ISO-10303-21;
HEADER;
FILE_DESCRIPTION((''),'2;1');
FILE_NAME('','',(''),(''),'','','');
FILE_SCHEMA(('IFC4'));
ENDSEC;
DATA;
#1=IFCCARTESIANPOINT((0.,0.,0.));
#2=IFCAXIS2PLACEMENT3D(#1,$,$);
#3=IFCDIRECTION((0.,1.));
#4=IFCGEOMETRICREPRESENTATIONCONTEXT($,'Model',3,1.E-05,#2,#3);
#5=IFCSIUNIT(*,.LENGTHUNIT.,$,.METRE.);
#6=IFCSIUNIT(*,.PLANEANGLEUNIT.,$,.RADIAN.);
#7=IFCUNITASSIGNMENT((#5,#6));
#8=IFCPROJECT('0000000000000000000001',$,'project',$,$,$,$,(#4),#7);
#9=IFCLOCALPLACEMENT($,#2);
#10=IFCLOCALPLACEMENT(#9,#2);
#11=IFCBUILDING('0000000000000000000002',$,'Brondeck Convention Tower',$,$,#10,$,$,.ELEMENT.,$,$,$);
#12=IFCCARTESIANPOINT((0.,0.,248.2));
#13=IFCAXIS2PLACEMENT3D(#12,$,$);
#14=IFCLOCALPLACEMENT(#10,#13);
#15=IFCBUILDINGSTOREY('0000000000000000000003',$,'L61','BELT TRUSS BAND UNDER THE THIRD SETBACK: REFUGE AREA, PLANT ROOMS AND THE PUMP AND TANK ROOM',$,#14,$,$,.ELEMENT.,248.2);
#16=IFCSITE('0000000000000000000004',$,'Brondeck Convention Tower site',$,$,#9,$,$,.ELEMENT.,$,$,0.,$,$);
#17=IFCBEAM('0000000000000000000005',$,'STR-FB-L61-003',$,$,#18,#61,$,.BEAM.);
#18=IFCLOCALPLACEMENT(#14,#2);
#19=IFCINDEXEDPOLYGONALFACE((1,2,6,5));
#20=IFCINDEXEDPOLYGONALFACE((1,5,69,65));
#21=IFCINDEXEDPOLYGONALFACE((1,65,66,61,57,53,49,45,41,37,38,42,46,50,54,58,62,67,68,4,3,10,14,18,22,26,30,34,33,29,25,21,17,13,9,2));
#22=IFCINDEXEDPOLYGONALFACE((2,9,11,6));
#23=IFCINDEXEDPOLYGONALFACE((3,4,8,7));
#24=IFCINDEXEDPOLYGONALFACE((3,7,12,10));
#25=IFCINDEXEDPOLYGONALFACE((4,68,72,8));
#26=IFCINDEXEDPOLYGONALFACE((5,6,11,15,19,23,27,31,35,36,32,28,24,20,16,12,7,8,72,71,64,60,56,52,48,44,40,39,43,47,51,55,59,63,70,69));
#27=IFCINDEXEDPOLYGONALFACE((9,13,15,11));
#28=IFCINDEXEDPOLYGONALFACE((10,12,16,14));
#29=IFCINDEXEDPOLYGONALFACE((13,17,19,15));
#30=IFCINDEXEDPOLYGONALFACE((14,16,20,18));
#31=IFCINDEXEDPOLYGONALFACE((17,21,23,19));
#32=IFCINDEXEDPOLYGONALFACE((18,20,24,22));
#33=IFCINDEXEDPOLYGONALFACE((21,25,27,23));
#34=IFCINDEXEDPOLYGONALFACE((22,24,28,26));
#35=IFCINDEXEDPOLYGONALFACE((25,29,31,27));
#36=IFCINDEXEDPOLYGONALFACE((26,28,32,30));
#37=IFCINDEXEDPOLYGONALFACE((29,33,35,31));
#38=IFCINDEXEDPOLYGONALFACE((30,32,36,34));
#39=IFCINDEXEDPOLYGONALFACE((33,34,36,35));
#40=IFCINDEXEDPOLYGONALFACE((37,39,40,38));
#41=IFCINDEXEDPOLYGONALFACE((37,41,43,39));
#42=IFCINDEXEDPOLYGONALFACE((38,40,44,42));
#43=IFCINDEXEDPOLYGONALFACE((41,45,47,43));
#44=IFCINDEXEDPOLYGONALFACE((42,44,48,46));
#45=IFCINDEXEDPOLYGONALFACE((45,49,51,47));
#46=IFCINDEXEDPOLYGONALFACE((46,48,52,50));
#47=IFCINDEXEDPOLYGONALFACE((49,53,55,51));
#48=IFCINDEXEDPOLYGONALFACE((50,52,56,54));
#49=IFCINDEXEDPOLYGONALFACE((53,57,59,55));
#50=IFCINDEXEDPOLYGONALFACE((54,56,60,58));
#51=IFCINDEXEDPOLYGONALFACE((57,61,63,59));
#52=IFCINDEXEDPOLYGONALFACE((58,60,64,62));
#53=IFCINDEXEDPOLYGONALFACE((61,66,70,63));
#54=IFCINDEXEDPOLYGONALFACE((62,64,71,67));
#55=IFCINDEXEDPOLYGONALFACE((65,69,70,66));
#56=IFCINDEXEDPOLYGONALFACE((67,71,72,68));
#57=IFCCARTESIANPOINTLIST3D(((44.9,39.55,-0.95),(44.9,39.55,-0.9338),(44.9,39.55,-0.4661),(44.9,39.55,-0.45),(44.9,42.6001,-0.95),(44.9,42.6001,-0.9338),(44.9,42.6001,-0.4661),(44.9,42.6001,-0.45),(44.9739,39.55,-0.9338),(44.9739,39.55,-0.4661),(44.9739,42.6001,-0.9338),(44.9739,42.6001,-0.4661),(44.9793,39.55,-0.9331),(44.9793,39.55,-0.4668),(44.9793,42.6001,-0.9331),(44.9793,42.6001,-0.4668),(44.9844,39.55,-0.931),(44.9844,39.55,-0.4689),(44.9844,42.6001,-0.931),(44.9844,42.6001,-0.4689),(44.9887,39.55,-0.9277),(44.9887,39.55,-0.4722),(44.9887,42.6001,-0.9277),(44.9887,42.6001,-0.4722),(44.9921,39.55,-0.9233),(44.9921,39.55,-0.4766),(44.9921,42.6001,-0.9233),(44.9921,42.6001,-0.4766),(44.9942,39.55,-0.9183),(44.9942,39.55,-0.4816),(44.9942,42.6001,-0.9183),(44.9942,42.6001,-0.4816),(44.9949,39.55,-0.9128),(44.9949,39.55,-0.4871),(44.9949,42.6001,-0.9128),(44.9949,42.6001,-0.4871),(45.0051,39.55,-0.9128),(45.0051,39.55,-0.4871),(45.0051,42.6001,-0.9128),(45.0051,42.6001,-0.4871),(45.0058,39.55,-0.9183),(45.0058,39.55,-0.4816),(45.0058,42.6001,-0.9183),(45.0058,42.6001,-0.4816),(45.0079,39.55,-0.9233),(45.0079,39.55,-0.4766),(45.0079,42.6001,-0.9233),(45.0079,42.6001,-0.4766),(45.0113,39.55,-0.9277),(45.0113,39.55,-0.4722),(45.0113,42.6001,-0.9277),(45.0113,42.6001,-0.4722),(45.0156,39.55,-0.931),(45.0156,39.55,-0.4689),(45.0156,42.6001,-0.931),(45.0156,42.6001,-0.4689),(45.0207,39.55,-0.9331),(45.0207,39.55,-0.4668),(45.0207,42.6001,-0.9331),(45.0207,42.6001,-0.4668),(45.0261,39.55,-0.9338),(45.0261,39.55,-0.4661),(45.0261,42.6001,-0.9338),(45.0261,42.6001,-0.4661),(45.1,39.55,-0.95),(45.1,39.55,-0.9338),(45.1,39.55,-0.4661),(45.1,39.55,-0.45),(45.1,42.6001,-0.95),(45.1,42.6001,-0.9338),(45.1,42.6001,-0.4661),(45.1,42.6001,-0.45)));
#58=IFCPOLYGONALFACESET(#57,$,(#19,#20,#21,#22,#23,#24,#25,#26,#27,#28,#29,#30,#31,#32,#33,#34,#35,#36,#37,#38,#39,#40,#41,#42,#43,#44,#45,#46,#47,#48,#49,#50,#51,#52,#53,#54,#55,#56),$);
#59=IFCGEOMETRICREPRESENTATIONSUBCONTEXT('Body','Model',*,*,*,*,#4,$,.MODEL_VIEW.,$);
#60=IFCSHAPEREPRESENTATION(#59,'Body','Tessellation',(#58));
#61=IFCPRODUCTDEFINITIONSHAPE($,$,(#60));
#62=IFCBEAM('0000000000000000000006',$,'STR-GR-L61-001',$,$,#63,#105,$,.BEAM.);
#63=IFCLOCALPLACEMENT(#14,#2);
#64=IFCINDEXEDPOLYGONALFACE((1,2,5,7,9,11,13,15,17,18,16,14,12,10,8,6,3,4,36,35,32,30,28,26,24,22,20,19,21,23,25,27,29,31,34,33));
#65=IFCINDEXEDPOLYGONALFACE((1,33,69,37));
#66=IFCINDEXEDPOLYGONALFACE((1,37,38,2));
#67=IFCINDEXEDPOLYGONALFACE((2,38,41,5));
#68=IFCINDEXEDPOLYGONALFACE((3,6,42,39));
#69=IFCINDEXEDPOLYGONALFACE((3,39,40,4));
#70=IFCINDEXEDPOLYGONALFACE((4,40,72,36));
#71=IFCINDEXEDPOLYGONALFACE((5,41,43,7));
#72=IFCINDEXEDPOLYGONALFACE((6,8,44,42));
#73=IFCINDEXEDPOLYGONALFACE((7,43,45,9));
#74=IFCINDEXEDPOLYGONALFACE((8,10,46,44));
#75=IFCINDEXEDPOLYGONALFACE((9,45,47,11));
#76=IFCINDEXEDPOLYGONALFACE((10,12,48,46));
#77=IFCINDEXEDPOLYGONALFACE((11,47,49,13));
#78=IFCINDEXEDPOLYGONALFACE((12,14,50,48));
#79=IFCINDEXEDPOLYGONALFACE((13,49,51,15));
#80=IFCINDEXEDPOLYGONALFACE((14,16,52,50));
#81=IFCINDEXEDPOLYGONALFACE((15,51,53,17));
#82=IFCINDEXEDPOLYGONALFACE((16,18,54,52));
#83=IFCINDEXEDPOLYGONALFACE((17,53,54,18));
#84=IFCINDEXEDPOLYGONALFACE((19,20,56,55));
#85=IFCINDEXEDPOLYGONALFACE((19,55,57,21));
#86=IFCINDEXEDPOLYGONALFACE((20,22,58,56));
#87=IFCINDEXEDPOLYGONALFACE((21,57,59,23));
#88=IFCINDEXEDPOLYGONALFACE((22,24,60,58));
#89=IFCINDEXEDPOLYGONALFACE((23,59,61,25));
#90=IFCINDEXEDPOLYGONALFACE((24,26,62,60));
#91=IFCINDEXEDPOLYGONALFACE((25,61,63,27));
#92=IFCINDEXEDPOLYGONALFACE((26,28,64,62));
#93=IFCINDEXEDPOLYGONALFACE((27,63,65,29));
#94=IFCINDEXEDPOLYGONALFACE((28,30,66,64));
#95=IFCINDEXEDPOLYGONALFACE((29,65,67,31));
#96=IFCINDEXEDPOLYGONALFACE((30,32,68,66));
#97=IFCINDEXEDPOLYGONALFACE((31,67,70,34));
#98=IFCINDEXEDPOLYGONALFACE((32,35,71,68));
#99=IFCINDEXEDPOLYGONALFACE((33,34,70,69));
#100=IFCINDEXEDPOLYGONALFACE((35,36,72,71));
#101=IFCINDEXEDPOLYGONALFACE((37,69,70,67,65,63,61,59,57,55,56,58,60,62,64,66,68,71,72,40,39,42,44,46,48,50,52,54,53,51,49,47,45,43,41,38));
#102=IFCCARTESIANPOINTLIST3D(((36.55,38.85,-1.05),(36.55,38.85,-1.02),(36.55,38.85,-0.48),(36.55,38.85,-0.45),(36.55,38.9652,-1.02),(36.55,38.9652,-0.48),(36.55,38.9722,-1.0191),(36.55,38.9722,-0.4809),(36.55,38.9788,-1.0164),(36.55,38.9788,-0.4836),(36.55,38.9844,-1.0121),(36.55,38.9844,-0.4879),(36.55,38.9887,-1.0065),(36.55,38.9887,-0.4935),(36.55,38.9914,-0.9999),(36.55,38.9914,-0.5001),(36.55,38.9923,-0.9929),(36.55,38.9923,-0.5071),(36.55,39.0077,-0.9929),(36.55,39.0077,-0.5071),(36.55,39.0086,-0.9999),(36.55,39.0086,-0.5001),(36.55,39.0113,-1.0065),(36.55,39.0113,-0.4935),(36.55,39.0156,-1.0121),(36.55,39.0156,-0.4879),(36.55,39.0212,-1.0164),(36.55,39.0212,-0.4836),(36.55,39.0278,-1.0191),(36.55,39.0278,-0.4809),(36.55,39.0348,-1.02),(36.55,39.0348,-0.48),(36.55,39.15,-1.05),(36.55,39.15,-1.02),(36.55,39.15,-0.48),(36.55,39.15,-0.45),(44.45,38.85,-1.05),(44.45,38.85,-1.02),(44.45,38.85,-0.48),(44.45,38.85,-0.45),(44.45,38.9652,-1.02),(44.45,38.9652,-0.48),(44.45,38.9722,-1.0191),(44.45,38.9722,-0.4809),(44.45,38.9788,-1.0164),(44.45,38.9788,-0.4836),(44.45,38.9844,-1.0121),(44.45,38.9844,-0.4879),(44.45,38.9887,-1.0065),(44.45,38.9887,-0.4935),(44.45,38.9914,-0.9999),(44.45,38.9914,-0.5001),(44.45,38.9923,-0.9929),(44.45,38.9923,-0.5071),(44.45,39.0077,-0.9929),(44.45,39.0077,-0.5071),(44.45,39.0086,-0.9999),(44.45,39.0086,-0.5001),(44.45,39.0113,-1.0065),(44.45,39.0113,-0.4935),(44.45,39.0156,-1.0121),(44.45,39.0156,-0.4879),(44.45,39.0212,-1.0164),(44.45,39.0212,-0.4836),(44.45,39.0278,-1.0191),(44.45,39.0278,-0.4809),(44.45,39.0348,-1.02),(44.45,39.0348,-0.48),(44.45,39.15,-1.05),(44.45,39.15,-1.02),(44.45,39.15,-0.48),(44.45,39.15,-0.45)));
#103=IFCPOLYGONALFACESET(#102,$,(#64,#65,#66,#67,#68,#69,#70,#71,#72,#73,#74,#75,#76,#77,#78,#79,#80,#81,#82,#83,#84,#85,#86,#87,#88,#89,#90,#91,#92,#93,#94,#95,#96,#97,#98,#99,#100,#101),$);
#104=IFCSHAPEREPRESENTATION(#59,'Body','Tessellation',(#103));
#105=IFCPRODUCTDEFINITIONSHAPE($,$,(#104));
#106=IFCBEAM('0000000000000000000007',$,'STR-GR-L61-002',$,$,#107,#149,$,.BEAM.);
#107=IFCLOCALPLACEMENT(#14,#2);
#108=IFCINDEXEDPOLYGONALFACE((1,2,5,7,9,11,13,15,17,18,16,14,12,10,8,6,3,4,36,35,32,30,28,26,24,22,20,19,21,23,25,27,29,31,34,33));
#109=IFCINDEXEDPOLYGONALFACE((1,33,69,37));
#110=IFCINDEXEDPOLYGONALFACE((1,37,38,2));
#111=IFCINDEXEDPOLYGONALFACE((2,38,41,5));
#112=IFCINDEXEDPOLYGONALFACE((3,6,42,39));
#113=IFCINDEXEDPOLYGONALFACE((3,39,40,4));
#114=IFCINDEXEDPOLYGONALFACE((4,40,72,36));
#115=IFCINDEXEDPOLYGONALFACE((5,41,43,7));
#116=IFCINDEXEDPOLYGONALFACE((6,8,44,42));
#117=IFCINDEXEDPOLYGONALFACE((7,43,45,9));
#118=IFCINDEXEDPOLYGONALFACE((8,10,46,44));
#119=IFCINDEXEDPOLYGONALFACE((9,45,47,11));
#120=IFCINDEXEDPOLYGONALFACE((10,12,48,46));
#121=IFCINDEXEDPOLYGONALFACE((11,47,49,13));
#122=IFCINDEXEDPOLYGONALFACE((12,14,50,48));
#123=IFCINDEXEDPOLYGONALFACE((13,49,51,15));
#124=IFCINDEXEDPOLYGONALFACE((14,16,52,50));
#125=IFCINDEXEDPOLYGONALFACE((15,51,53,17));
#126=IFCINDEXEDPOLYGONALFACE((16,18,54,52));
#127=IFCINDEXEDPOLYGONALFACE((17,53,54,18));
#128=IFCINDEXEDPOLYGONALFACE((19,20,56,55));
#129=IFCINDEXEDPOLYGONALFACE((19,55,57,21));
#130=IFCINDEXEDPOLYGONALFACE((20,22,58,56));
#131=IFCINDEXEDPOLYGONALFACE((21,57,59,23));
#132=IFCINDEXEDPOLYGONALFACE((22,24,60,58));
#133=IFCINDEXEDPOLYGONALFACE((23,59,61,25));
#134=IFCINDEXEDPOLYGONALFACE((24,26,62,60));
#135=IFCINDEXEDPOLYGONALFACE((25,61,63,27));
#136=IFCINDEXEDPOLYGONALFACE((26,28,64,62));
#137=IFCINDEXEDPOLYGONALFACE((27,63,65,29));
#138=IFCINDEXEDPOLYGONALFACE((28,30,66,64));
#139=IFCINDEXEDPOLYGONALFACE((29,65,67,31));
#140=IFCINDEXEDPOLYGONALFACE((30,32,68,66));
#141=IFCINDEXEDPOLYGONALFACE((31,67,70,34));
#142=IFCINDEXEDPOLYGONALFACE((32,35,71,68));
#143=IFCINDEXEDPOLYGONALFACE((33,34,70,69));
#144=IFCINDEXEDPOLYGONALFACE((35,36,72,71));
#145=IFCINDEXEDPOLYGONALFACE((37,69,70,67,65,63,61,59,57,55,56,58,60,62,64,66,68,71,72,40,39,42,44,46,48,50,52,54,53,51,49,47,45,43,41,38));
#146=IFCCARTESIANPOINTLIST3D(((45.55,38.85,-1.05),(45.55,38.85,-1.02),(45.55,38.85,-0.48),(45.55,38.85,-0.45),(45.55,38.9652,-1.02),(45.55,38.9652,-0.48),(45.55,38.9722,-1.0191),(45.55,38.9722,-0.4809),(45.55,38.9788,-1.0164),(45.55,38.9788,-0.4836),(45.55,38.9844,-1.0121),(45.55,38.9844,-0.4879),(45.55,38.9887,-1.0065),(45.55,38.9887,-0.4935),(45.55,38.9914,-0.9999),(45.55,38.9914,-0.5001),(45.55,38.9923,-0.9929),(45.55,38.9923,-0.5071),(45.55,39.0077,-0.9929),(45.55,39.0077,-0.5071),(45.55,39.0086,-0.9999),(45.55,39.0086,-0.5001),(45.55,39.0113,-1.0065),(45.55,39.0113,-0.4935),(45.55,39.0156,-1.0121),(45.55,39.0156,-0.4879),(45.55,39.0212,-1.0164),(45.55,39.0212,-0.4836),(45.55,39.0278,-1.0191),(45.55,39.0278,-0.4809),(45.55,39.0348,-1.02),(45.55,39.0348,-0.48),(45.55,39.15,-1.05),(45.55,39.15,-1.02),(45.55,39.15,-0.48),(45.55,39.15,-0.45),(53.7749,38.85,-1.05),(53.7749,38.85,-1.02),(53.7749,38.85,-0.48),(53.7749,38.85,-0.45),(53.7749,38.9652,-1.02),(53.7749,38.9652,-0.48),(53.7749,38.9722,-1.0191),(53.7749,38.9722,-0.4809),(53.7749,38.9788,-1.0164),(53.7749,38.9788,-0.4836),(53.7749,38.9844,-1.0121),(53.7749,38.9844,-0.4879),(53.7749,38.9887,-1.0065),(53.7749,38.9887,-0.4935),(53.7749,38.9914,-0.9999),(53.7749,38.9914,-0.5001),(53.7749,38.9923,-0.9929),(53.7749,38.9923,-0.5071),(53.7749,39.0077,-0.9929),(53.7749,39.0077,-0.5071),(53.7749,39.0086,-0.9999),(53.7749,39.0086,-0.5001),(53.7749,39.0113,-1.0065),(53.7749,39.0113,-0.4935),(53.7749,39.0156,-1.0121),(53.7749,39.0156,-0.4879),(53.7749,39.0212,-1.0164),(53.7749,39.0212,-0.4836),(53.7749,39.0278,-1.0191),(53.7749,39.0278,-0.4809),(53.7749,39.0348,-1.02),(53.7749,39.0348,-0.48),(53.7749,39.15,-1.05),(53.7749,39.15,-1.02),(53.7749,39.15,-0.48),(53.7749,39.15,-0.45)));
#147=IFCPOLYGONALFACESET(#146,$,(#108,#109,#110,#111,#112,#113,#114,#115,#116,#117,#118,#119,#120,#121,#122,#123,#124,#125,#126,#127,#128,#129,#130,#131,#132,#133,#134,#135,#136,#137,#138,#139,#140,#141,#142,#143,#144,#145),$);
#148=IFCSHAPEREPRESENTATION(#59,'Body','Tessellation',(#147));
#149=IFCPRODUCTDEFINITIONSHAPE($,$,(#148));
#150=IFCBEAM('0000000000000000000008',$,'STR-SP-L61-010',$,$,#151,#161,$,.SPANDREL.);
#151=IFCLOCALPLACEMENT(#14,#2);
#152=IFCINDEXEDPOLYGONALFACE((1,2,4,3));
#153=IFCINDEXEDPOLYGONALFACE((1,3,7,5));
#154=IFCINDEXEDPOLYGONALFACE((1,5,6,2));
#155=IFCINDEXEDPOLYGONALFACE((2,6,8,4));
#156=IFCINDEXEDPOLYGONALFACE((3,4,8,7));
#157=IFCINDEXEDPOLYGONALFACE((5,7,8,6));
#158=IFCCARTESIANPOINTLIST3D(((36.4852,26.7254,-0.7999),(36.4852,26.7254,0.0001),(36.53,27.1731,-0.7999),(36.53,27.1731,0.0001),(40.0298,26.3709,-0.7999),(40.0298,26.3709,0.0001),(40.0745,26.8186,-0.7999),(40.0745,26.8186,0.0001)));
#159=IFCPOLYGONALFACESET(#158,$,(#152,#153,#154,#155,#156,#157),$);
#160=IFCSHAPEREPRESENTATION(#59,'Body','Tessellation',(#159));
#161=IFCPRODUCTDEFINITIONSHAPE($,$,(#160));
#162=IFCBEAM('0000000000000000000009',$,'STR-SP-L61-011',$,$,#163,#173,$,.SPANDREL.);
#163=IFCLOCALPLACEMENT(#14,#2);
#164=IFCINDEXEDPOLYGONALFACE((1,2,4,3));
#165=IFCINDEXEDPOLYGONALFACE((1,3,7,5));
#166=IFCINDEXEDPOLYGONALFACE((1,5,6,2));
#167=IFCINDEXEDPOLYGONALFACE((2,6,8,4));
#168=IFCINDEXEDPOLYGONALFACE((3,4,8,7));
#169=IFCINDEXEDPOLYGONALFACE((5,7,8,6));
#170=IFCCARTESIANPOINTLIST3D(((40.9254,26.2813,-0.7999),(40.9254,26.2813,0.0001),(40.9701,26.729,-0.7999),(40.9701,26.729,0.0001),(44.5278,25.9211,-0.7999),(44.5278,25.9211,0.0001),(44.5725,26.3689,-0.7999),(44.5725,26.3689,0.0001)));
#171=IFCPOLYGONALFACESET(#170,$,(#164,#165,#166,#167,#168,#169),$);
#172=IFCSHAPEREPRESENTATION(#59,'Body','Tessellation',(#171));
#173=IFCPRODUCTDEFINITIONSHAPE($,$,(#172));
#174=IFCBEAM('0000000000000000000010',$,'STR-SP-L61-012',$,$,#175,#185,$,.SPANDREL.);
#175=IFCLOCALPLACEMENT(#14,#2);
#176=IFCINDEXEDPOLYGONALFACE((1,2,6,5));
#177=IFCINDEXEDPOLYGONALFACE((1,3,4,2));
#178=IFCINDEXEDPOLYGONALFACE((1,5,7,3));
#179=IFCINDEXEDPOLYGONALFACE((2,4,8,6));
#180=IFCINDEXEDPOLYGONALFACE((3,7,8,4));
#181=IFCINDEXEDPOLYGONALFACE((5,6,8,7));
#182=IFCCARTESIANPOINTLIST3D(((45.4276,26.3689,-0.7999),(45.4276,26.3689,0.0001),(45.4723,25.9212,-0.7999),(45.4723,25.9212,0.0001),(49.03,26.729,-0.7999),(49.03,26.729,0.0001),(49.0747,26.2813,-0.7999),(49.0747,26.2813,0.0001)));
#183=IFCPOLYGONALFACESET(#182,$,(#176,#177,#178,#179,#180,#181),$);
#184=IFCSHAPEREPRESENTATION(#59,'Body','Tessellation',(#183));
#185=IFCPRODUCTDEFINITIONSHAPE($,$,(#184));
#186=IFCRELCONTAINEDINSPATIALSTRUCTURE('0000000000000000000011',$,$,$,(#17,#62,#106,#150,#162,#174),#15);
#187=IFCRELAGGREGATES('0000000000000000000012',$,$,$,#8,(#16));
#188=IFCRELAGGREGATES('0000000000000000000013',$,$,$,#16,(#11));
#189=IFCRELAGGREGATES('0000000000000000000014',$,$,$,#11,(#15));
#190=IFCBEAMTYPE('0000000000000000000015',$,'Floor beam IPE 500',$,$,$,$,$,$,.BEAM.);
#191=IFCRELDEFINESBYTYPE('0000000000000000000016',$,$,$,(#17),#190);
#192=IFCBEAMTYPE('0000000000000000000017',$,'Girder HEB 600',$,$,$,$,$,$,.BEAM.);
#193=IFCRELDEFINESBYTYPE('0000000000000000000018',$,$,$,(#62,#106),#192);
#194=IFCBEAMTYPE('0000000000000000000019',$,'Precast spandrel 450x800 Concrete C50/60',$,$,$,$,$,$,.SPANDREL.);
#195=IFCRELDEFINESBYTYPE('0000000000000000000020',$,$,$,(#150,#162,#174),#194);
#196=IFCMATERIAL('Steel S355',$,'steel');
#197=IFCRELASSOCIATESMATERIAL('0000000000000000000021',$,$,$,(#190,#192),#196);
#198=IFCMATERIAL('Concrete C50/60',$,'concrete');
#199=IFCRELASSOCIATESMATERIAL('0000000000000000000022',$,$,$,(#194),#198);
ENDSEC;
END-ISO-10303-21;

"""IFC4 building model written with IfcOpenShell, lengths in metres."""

from ifc_helpers import new_model, si_unit, direction, frame, origin, origin_2d, place, context, subcontext, project, spatial, rectangle, i_section, extrude, material, material_profile, profile_set, type_object, element, save


model = new_model("IFC4")

# Units and contexts
model_context = context("Model", 3, precision=1e-05, world=origin(), true_north=direction((0.0, 1.0)))
body_context = subcontext(model_context, "Body", "Model", "MODEL_VIEW")
ifc_project = project(units=[si_unit("LENGTHUNIT", "METRE"), si_unit("PLANEANGLEUNIT", "RADIAN")], contexts=[model_context])

# Site, building, storey
site_placement = place(None, origin())
site = spatial("IfcSite", under=ifc_project, at=site_placement, Name="Brondeck Convention Tower site", CompositionType="ELEMENT", RefElevation=0.0)
building_placement = place(site_placement, origin())
building = spatial("IfcBuilding", under=site, at=building_placement, Name="Brondeck Convention Tower", CompositionType="ELEMENT")
storey_placement = place(building_placement, frame((0.0, 0.0, 248.2)))
storey = spatial("IfcBuildingStorey", under=building, at=storey_placement, Name="L61", Description="BELT TRUSS BAND UNDER THE THIRD SETBACK: REFUGE AREA, PLANT ROOMS AND THE PUMP AND TANK ROOM", CompositionType="ELEMENT", Elevation=248.2)

# Shared definitions
ifc_material_1 = material(Name="Concrete C50/60", Category="concrete")

# Beams
ifc_material_2 = material(Name="Steel S355", Category="steel")
ifc_material_profile_1 = material_profile(ifc_material_2, i_section(OverallWidth=0.2, OverallDepth=0.5, WebThickness=0.0103, FlangeThickness=0.0161, FilletRadius=0.021, at=origin_2d()), Name="IPE 500")
ifc_profile_set_1 = profile_set([ifc_material_profile_1], Name="Steel S355")
beam_type_1 = type_object("IfcBeamType", Name="Floor beam IPE 500", PredefinedType="BEAM", material=ifc_profile_set_1)
beam_1_placement = place(storey_placement, frame((45.0, 39.55, -0.7), z_axis=(0.0, 1.0, 0.0), x_axis=(-1.0, 0.0, 0.0)))
element("IfcBeam", 1, at=beam_1_placement, inside=storey, type_object=beam_type_1, Name="STR-FB-L61-003", PredefinedType="BEAM", context=body_context, shape_type="SweptSolid", body=[
    extrude(i_section(OverallWidth=0.2, OverallDepth=0.5, WebThickness=0.0103, FlangeThickness=0.0161, FilletRadius=0.021, at=origin_2d()), origin(), (0.0, 0.0, 1.0), 3.05),
])
ifc_material_profile_2 = material_profile(ifc_material_2, i_section(OverallWidth=0.3, OverallDepth=0.6001, WebThickness=0.0154, FlangeThickness=0.03, FilletRadius=0.0271, at=origin_2d()), Name="HEB 600")
ifc_profile_set_2 = profile_set([ifc_material_profile_2], Name="Steel S355")
beam_type_2 = type_object("IfcBeamType", Name="Girder HEB 600", PredefinedType="BEAM", material=ifc_profile_set_2)
beam_2_placement = place(storey_placement, frame((36.55, 39.0, -0.75), z_axis=(1.0, 0.0, 0.0), x_axis=(0.0, 1.0, 0.0)))
element("IfcBeam", 2, at=beam_2_placement, inside=storey, type_object=beam_type_2, Name="STR-GR-L61-001", PredefinedType="BEAM", context=body_context, shape_type="SweptSolid", body=[
    extrude(i_section(OverallWidth=0.3, OverallDepth=0.6001, WebThickness=0.0154, FlangeThickness=0.03, FilletRadius=0.0271, at=origin_2d()), origin(), (0.0, 0.0, 1.0), 7.8999),
])
beam_3_placement = place(storey_placement, frame((45.55, 39.0, -0.75), z_axis=(1.0, 0.0, 0.0), x_axis=(0.0, 1.0, 0.0)))
element("IfcBeam", 3, at=beam_3_placement, inside=storey, type_object=beam_type_2, Name="STR-GR-L61-002", PredefinedType="BEAM", context=body_context, shape_type="SweptSolid", body=[
    extrude(i_section(OverallWidth=0.3, OverallDepth=0.6001, WebThickness=0.0154, FlangeThickness=0.03, FilletRadius=0.0271, at=origin_2d()), origin(), (0.0, 0.0, 1.0), 8.2249),
])
ifc_material_profile_3 = material_profile(ifc_material_1, rectangle(XDim=0.45, YDim=0.8, at=origin_2d()), Name="Precast spandrel 450x800 Concrete C50/60")
ifc_profile_set_3 = profile_set([ifc_material_profile_3], Name="Concrete C50/60")
beam_type_3 = type_object("IfcBeamType", Name="Precast spandrel 450x800 Concrete C50/60", PredefinedType="SPANDREL", material=ifc_profile_set_3)
beam_4_placement = place(storey_placement, frame((36.5076, 26.9492, -0.3999), z_axis=(0.995037, -0.099511, 0.0), x_axis=(0.099511, 0.995037, 0.0)))
element("IfcBeam", 4, at=beam_4_placement, inside=storey, type_object=beam_type_3, Name="STR-SP-L61-010", PredefinedType="SPANDREL", context=body_context, shape_type="SweptSolid", body=[
    extrude(rectangle(XDim=0.45, YDim=0.8, at=origin_2d()), origin(), (0.0, 0.0, 1.0), 3.5623),
])
for number, where, z_axis, x_axis, name in (
    (5, (40.9478, 26.5051, -0.3999), (0.995041, -0.09947, 0.0), (0.09947, 0.995041, 0.0), "STR-SP-L61-011"),
    (6, (45.45, 26.145, -0.3999), (0.995041, 0.09947, 0.0), (-0.09947, 0.995041, 0.0), "STR-SP-L61-012"),
):
    element("IfcBeam", number, at=place(storey_placement, frame(where, z_axis=z_axis, x_axis=x_axis)), inside=storey, type_object=beam_type_3, Name=name, PredefinedType="SPANDREL", context=body_context, shape_type="SweptSolid", body=[
        extrude(rectangle(XDim=0.45, YDim=0.8, at=origin_2d()), origin(), (0.0, 0.0, 1.0), 3.6204),
    ])

save(model, "model.ifc")
